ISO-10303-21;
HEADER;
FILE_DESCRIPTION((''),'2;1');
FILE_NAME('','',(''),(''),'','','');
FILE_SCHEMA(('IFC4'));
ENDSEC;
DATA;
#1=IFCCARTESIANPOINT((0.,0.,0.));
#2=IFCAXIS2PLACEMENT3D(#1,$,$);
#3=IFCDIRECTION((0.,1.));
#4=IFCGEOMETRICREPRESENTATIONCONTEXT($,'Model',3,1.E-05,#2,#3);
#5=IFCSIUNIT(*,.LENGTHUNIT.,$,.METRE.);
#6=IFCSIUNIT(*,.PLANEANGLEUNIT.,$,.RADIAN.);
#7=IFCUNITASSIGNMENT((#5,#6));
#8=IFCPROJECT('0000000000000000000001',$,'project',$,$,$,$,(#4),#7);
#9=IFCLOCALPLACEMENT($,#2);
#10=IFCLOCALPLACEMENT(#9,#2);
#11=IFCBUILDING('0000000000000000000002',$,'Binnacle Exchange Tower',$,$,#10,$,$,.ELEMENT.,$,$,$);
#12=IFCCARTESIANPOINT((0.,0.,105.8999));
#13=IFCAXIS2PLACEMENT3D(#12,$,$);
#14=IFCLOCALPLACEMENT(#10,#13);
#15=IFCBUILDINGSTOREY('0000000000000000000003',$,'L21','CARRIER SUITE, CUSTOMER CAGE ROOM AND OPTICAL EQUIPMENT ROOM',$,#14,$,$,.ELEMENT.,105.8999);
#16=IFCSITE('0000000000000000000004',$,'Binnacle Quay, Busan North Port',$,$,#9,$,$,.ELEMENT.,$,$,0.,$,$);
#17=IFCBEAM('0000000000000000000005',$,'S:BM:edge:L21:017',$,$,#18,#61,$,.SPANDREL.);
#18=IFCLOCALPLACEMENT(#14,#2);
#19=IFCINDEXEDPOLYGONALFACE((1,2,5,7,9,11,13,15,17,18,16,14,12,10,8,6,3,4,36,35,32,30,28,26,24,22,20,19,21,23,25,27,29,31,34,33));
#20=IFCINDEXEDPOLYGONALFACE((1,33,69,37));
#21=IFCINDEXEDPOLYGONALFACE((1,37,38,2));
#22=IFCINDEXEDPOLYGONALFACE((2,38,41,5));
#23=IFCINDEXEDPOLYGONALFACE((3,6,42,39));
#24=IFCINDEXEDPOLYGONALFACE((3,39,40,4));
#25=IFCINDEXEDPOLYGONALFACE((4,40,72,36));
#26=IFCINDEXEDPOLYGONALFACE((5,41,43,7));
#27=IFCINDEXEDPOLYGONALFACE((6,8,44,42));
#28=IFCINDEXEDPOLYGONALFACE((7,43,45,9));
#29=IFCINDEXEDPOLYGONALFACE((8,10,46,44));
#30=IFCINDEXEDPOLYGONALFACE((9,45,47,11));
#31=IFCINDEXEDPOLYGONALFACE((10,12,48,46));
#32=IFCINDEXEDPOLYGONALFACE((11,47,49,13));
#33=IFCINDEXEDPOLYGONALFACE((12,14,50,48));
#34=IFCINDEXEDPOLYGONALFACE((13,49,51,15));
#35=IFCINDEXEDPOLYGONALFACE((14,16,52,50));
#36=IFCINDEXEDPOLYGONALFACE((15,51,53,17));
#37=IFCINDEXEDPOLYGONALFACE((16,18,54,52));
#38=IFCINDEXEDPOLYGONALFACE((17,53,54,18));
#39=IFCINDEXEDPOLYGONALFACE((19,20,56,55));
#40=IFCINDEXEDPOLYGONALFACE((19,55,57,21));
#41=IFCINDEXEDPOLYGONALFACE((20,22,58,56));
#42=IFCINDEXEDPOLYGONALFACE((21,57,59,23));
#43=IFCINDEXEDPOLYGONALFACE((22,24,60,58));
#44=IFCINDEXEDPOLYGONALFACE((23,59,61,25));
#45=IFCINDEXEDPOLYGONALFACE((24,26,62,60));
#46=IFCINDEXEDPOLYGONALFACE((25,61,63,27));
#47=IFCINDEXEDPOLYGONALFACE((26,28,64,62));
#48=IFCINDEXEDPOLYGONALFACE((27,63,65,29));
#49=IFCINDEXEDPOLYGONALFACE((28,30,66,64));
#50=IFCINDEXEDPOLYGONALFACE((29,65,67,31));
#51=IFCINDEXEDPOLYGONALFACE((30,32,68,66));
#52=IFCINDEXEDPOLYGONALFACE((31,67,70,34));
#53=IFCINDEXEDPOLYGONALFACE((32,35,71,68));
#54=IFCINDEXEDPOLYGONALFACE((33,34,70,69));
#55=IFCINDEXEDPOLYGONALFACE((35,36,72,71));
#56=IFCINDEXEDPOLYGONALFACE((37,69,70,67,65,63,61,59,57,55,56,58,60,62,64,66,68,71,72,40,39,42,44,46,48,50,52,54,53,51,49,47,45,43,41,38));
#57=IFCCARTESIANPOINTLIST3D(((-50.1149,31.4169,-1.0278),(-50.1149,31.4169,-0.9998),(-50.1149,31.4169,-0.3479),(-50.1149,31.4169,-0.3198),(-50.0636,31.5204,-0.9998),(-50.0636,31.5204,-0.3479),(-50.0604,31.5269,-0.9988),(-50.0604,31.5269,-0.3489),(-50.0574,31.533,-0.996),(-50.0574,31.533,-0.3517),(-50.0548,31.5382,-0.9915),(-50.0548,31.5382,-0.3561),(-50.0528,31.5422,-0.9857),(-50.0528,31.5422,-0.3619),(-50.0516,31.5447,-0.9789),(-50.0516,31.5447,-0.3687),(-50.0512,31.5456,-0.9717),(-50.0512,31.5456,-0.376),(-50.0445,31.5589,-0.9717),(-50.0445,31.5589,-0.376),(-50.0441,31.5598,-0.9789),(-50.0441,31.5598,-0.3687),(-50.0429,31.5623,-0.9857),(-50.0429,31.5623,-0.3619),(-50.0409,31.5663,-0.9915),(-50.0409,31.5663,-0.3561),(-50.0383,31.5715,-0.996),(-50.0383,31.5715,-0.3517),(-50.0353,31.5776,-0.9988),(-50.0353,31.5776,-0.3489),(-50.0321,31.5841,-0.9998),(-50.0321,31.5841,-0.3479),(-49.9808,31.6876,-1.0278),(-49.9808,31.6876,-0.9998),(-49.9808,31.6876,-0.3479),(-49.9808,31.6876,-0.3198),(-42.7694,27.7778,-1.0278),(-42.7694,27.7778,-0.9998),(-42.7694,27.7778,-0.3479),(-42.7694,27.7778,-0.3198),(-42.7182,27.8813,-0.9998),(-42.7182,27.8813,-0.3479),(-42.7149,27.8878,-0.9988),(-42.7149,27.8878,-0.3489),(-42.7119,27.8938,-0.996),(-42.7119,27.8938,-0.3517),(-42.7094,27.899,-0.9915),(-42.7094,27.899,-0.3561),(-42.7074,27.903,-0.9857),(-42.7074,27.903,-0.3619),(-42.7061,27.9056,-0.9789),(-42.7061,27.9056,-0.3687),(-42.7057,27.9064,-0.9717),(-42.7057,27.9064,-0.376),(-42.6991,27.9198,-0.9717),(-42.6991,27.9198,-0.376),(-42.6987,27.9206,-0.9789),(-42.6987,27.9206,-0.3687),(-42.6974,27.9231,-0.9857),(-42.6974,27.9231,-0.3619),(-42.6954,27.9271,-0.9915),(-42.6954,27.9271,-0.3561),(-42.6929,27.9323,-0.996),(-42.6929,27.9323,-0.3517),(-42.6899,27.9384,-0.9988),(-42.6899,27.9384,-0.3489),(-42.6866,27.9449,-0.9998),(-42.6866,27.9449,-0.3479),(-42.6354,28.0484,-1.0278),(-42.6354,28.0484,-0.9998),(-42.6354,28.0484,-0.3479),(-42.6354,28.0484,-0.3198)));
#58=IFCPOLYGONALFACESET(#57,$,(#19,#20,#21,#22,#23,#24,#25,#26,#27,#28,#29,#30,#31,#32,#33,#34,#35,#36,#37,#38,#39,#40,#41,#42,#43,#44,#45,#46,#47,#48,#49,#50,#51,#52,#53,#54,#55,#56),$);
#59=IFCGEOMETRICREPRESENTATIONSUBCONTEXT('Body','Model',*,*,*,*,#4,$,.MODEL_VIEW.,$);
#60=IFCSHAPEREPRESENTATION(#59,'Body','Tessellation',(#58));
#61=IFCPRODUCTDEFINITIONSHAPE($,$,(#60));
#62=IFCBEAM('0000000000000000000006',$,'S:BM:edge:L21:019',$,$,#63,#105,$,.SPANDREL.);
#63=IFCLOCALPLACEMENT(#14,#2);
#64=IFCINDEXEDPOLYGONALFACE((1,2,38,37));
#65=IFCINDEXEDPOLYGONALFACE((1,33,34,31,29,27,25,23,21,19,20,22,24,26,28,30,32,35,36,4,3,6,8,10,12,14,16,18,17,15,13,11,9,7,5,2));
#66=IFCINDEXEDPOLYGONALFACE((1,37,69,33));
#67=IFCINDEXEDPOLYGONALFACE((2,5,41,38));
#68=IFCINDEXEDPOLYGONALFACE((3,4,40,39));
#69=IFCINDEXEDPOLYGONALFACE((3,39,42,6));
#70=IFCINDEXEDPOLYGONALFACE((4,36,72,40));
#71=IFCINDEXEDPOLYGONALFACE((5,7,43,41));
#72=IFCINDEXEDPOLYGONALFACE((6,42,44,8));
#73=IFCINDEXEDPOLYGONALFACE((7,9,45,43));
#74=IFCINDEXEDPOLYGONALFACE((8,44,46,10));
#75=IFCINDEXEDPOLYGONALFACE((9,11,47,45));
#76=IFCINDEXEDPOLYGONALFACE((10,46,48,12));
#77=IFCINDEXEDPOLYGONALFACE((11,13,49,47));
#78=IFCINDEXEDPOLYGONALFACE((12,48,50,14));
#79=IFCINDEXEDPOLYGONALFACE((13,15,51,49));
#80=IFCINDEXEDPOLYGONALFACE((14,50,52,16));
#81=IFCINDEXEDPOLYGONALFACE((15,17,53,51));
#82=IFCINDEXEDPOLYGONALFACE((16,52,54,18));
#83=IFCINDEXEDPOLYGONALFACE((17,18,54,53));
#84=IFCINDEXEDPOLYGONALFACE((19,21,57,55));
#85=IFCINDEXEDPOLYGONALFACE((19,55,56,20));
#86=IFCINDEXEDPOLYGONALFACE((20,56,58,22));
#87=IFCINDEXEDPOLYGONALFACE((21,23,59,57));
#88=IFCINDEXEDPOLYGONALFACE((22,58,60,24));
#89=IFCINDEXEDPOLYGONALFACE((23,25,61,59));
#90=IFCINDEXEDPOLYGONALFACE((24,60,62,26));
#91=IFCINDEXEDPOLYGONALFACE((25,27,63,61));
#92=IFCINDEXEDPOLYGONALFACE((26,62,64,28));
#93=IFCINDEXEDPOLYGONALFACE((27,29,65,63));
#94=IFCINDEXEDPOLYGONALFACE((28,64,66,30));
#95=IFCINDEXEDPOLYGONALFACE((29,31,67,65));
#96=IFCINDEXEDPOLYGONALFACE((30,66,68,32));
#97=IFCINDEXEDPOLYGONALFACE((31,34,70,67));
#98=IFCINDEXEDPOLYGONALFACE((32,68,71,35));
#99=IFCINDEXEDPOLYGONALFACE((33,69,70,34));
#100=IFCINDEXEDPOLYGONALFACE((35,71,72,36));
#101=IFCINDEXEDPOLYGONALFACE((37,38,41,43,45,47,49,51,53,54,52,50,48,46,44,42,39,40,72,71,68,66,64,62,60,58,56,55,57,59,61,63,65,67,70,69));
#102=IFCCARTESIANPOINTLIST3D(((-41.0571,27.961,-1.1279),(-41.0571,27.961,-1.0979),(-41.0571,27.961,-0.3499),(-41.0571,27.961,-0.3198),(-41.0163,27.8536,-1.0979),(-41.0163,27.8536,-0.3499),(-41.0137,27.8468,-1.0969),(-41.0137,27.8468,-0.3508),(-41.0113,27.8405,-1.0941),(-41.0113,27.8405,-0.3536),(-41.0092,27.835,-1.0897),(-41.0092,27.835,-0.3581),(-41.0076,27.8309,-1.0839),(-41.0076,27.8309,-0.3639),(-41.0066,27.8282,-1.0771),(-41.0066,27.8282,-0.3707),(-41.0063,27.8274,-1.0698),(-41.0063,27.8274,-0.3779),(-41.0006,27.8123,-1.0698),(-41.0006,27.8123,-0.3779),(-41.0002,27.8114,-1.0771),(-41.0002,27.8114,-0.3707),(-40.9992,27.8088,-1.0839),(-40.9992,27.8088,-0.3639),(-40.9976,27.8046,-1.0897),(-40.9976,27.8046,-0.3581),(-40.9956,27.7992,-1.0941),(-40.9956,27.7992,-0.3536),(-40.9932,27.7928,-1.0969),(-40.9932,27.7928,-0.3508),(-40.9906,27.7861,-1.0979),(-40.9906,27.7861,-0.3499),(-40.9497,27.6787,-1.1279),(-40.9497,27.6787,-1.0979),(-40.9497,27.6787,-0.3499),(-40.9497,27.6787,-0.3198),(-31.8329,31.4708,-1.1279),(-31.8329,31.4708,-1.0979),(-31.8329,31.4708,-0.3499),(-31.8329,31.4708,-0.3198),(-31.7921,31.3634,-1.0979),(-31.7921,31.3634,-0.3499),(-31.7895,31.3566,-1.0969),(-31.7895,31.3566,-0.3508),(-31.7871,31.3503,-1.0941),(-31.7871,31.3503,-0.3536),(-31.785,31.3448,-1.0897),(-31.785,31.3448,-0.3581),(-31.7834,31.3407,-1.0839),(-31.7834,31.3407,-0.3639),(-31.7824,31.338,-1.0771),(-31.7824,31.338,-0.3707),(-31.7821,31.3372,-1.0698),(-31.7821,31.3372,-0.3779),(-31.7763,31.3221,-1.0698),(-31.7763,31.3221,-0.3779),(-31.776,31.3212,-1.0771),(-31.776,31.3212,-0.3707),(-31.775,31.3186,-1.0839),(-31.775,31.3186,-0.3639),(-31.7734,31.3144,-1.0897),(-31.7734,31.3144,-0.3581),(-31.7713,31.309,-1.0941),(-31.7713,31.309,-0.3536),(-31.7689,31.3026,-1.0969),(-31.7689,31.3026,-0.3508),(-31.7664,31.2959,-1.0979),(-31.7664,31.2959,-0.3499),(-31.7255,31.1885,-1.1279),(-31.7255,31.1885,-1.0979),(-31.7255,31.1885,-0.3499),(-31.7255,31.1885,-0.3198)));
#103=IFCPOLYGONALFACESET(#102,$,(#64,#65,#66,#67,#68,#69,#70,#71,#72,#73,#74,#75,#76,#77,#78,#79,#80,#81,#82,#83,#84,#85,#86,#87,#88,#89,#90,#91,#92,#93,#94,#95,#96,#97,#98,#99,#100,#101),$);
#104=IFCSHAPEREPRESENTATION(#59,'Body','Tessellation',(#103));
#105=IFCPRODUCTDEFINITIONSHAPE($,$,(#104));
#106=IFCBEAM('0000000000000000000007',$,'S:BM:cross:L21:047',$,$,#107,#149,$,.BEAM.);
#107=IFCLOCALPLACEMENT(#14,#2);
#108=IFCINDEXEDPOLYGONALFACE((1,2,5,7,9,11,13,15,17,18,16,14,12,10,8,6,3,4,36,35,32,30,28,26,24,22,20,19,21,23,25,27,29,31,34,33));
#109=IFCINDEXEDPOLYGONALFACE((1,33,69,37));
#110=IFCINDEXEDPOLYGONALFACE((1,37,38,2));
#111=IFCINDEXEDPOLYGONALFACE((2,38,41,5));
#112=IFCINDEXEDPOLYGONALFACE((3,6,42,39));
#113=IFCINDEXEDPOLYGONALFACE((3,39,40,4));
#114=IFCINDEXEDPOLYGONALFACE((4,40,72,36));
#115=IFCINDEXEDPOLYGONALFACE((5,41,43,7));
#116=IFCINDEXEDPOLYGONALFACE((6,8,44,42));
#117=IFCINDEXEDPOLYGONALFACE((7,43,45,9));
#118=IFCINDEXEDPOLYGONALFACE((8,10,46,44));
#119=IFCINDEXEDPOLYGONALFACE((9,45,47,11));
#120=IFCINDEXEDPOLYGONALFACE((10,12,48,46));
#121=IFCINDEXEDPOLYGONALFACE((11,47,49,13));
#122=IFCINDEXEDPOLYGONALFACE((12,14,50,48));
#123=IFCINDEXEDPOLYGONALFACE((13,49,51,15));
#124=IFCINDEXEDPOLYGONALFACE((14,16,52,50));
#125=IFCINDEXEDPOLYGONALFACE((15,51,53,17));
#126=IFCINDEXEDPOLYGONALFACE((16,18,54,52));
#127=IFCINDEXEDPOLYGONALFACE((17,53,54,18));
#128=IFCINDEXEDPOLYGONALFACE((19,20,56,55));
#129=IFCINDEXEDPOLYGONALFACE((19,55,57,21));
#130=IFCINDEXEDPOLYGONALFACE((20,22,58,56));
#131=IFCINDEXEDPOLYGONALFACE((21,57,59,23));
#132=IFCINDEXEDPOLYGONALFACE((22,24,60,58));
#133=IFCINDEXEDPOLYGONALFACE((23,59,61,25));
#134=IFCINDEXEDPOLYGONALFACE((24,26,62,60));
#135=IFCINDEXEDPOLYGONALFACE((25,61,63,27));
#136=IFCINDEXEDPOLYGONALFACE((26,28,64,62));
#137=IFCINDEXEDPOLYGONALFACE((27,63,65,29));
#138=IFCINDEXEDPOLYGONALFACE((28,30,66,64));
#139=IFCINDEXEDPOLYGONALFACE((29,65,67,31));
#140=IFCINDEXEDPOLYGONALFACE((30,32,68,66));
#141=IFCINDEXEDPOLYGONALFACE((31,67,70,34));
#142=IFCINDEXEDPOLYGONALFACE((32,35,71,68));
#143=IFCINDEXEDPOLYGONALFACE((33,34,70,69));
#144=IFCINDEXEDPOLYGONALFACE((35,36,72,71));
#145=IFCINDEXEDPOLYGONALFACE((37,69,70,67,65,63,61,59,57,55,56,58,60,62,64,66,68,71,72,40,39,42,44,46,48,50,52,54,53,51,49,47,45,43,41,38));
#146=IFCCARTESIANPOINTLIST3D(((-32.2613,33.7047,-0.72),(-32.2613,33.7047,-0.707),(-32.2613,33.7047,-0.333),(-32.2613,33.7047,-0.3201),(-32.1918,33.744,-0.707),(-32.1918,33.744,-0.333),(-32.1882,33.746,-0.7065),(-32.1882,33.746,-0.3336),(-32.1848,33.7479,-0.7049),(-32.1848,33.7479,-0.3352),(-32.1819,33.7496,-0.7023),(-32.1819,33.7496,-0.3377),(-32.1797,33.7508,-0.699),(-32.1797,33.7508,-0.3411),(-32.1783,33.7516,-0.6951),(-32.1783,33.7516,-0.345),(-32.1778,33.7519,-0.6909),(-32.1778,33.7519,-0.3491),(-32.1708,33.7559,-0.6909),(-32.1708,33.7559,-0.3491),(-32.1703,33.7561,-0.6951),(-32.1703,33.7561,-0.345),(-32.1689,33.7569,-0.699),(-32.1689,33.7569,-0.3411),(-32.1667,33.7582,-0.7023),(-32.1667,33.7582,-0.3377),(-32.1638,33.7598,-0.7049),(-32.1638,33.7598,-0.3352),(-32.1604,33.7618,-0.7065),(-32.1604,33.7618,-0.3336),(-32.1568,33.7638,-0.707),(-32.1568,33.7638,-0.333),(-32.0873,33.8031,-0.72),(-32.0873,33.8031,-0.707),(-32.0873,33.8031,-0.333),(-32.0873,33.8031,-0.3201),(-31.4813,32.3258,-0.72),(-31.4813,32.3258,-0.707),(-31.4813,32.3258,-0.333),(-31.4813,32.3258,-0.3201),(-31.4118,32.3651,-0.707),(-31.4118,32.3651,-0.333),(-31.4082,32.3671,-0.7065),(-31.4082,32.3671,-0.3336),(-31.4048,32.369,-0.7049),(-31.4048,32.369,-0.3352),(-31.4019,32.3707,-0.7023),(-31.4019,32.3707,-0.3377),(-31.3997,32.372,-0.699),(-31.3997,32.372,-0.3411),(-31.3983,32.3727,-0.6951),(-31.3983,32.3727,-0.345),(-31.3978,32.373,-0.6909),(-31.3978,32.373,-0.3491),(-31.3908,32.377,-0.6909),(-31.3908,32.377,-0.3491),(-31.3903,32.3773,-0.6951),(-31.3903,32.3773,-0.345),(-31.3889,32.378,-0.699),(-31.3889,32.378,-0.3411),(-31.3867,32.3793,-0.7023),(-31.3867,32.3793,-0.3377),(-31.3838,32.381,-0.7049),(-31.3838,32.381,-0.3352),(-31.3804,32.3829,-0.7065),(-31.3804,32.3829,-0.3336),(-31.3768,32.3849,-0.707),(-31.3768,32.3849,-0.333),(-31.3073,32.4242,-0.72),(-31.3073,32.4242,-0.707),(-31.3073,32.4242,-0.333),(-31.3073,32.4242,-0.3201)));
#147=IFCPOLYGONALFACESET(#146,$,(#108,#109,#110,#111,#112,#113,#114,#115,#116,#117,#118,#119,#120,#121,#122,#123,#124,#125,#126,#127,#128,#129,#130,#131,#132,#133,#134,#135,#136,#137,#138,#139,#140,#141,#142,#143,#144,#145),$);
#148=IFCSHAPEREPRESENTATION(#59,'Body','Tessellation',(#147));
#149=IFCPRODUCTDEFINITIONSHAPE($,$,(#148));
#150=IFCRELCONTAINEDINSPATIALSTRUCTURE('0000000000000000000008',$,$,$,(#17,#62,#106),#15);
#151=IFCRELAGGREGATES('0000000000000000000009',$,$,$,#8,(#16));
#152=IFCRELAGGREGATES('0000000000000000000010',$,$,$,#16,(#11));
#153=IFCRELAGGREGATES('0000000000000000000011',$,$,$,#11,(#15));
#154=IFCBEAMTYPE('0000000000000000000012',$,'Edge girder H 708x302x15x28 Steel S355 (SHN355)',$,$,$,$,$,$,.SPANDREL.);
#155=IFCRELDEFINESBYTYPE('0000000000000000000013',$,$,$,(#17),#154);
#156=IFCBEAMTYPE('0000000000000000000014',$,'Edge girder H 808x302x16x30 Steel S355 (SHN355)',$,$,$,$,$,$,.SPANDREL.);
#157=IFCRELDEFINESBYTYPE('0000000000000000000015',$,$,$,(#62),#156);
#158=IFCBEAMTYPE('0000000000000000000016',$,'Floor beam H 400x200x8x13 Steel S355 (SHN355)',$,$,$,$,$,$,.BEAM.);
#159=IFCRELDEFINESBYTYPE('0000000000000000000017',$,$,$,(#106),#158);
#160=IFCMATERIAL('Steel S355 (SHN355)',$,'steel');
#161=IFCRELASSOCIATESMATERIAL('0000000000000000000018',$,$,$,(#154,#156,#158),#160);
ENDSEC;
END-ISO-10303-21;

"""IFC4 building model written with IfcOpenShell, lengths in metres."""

from ifc_helpers import new_model, si_unit, direction, frame, origin, origin_2d, place, context, subcontext, project, spatial, i_section, extrude, material, material_profile, profile_set, type_object, element, save


model = new_model("IFC4")

# Units and contexts
model_context = context("Model", 3, precision=1e-05, world=origin(), true_north=direction((0.0, 1.0)))
body_context = subcontext(model_context, "Body", "Model", "MODEL_VIEW")
ifc_project = project(units=[si_unit("LENGTHUNIT", "METRE"), si_unit("PLANEANGLEUNIT", "RADIAN")], contexts=[model_context])

# Site, building, storey
site_placement = place(None, origin())
site = spatial("IfcSite", under=ifc_project, at=site_placement, Name="Binnacle Quay, Busan North Port", CompositionType="ELEMENT", RefElevation=0.0)
building_placement = place(site_placement, origin())
building = spatial("IfcBuilding", under=site, at=building_placement, Name="Binnacle Exchange Tower", CompositionType="ELEMENT")
storey_placement = place(building_placement, frame((0.0, 0.0, 105.8999)))
storey = spatial("IfcBuildingStorey", under=building, at=storey_placement, Name="L21", Description="CARRIER SUITE, CUSTOMER CAGE ROOM AND OPTICAL EQUIPMENT ROOM", CompositionType="ELEMENT", Elevation=105.8999)

# Beams
ifc_material_1 = material(Name="Steel S355 (SHN355)", Category="steel")
ifc_material_profile_1 = material_profile(ifc_material_1, i_section(OverallWidth=0.302, OverallDepth=0.708, WebThickness=0.0149, FlangeThickness=0.0281, FilletRadius=0.0281, at=origin_2d()), Name="H 708x302x15x28")
ifc_profile_set_1 = profile_set([ifc_material_profile_1], Name="Steel S355 (SHN355)")
beam_type_1 = type_object("IfcBeamType", Name="Edge girder H 708x302x15x28 Steel S355 (SHN355)", PredefinedType="SPANDREL", material=ifc_profile_set_1)
beam_1_placement = place(storey_placement, frame((-50.0479, 31.5522, -0.6738), z_axis=(0.896059, -0.443935, 0.0), x_axis=(0.443935, 0.896059, 0.0)))
element("IfcBeam", 1, at=beam_1_placement, inside=storey, type_object=beam_type_1, Name="S:BM:edge:L21:017", PredefinedType="SPANDREL", context=body_context, shape_type="SweptSolid", body=[
    extrude(i_section(OverallWidth=0.302, OverallDepth=0.708, WebThickness=0.0149, FlangeThickness=0.0281, FilletRadius=0.0281, at=origin_2d()), origin(), (0.0, 0.0, 1.0), 8.1975),
])
ifc_material_profile_2 = material_profile(ifc_material_1, i_section(OverallWidth=0.302, OverallDepth=0.8081, WebThickness=0.0161, FlangeThickness=0.03, FilletRadius=0.0281, at=origin_2d()), Name="H 808x302x16x30")
ifc_profile_set_2 = profile_set([ifc_material_profile_2], Name="Steel S355 (SHN355)")
beam_type_2 = type_object("IfcBeamType", Name="Edge girder H 808x302x16x30 Steel S355 (SHN355)", PredefinedType="SPANDREL", material=ifc_profile_set_2)
beam_2_placement = place(storey_placement, frame((-41.0034, 27.8198, -0.7239), z_axis=(0.934629, 0.355625, 0.0), x_axis=(-0.355625, 0.934629, 0.0)))
element("IfcBeam", 2, at=beam_2_placement, inside=storey, type_object=beam_type_2, Name="S:BM:edge:L21:019", PredefinedType="SPANDREL", context=body_context, shape_type="SweptSolid", body=[
    extrude(i_section(OverallWidth=0.302, OverallDepth=0.8081, WebThickness=0.0161, FlangeThickness=0.03, FilletRadius=0.0281, at=origin_2d()), origin(), (0.0, 0.0, 1.0), 9.8694),
])
ifc_material_profile_3 = material_profile(ifc_material_1, i_section(OverallWidth=0.2, OverallDepth=0.3999, WebThickness=0.0081, FlangeThickness=0.0129, FilletRadius=0.0161, at=origin_2d()), Name="H 400x200x8x13")
ifc_profile_set_3 = profile_set([ifc_material_profile_3], Name="Steel S355 (SHN355)")
beam_type_3 = type_object("IfcBeamType", Name="Floor beam H 400x200x8x13 Steel S355 (SHN355)", PredefinedType="BEAM", material=ifc_profile_set_3)
beam_3_placement = place(storey_placement, frame((-31.3943, 32.375, -0.52), z_axis=(-0.492367, 0.870388, 0.0), x_axis=(-0.870388, -0.492367, 0.0)))
element("IfcBeam", 3, at=beam_3_placement, inside=storey, type_object=beam_type_3, Name="S:BM:cross:L21:047", PredefinedType="BEAM", context=body_context, shape_type="SweptSolid", body=[
    extrude(i_section(OverallWidth=0.2, OverallDepth=0.3999, WebThickness=0.0081, FlangeThickness=0.0129, FilletRadius=0.0161, at=origin_2d()), origin(), (0.0, 0.0, 1.0), 1.5842),
])

save(model, "model.ifc")
